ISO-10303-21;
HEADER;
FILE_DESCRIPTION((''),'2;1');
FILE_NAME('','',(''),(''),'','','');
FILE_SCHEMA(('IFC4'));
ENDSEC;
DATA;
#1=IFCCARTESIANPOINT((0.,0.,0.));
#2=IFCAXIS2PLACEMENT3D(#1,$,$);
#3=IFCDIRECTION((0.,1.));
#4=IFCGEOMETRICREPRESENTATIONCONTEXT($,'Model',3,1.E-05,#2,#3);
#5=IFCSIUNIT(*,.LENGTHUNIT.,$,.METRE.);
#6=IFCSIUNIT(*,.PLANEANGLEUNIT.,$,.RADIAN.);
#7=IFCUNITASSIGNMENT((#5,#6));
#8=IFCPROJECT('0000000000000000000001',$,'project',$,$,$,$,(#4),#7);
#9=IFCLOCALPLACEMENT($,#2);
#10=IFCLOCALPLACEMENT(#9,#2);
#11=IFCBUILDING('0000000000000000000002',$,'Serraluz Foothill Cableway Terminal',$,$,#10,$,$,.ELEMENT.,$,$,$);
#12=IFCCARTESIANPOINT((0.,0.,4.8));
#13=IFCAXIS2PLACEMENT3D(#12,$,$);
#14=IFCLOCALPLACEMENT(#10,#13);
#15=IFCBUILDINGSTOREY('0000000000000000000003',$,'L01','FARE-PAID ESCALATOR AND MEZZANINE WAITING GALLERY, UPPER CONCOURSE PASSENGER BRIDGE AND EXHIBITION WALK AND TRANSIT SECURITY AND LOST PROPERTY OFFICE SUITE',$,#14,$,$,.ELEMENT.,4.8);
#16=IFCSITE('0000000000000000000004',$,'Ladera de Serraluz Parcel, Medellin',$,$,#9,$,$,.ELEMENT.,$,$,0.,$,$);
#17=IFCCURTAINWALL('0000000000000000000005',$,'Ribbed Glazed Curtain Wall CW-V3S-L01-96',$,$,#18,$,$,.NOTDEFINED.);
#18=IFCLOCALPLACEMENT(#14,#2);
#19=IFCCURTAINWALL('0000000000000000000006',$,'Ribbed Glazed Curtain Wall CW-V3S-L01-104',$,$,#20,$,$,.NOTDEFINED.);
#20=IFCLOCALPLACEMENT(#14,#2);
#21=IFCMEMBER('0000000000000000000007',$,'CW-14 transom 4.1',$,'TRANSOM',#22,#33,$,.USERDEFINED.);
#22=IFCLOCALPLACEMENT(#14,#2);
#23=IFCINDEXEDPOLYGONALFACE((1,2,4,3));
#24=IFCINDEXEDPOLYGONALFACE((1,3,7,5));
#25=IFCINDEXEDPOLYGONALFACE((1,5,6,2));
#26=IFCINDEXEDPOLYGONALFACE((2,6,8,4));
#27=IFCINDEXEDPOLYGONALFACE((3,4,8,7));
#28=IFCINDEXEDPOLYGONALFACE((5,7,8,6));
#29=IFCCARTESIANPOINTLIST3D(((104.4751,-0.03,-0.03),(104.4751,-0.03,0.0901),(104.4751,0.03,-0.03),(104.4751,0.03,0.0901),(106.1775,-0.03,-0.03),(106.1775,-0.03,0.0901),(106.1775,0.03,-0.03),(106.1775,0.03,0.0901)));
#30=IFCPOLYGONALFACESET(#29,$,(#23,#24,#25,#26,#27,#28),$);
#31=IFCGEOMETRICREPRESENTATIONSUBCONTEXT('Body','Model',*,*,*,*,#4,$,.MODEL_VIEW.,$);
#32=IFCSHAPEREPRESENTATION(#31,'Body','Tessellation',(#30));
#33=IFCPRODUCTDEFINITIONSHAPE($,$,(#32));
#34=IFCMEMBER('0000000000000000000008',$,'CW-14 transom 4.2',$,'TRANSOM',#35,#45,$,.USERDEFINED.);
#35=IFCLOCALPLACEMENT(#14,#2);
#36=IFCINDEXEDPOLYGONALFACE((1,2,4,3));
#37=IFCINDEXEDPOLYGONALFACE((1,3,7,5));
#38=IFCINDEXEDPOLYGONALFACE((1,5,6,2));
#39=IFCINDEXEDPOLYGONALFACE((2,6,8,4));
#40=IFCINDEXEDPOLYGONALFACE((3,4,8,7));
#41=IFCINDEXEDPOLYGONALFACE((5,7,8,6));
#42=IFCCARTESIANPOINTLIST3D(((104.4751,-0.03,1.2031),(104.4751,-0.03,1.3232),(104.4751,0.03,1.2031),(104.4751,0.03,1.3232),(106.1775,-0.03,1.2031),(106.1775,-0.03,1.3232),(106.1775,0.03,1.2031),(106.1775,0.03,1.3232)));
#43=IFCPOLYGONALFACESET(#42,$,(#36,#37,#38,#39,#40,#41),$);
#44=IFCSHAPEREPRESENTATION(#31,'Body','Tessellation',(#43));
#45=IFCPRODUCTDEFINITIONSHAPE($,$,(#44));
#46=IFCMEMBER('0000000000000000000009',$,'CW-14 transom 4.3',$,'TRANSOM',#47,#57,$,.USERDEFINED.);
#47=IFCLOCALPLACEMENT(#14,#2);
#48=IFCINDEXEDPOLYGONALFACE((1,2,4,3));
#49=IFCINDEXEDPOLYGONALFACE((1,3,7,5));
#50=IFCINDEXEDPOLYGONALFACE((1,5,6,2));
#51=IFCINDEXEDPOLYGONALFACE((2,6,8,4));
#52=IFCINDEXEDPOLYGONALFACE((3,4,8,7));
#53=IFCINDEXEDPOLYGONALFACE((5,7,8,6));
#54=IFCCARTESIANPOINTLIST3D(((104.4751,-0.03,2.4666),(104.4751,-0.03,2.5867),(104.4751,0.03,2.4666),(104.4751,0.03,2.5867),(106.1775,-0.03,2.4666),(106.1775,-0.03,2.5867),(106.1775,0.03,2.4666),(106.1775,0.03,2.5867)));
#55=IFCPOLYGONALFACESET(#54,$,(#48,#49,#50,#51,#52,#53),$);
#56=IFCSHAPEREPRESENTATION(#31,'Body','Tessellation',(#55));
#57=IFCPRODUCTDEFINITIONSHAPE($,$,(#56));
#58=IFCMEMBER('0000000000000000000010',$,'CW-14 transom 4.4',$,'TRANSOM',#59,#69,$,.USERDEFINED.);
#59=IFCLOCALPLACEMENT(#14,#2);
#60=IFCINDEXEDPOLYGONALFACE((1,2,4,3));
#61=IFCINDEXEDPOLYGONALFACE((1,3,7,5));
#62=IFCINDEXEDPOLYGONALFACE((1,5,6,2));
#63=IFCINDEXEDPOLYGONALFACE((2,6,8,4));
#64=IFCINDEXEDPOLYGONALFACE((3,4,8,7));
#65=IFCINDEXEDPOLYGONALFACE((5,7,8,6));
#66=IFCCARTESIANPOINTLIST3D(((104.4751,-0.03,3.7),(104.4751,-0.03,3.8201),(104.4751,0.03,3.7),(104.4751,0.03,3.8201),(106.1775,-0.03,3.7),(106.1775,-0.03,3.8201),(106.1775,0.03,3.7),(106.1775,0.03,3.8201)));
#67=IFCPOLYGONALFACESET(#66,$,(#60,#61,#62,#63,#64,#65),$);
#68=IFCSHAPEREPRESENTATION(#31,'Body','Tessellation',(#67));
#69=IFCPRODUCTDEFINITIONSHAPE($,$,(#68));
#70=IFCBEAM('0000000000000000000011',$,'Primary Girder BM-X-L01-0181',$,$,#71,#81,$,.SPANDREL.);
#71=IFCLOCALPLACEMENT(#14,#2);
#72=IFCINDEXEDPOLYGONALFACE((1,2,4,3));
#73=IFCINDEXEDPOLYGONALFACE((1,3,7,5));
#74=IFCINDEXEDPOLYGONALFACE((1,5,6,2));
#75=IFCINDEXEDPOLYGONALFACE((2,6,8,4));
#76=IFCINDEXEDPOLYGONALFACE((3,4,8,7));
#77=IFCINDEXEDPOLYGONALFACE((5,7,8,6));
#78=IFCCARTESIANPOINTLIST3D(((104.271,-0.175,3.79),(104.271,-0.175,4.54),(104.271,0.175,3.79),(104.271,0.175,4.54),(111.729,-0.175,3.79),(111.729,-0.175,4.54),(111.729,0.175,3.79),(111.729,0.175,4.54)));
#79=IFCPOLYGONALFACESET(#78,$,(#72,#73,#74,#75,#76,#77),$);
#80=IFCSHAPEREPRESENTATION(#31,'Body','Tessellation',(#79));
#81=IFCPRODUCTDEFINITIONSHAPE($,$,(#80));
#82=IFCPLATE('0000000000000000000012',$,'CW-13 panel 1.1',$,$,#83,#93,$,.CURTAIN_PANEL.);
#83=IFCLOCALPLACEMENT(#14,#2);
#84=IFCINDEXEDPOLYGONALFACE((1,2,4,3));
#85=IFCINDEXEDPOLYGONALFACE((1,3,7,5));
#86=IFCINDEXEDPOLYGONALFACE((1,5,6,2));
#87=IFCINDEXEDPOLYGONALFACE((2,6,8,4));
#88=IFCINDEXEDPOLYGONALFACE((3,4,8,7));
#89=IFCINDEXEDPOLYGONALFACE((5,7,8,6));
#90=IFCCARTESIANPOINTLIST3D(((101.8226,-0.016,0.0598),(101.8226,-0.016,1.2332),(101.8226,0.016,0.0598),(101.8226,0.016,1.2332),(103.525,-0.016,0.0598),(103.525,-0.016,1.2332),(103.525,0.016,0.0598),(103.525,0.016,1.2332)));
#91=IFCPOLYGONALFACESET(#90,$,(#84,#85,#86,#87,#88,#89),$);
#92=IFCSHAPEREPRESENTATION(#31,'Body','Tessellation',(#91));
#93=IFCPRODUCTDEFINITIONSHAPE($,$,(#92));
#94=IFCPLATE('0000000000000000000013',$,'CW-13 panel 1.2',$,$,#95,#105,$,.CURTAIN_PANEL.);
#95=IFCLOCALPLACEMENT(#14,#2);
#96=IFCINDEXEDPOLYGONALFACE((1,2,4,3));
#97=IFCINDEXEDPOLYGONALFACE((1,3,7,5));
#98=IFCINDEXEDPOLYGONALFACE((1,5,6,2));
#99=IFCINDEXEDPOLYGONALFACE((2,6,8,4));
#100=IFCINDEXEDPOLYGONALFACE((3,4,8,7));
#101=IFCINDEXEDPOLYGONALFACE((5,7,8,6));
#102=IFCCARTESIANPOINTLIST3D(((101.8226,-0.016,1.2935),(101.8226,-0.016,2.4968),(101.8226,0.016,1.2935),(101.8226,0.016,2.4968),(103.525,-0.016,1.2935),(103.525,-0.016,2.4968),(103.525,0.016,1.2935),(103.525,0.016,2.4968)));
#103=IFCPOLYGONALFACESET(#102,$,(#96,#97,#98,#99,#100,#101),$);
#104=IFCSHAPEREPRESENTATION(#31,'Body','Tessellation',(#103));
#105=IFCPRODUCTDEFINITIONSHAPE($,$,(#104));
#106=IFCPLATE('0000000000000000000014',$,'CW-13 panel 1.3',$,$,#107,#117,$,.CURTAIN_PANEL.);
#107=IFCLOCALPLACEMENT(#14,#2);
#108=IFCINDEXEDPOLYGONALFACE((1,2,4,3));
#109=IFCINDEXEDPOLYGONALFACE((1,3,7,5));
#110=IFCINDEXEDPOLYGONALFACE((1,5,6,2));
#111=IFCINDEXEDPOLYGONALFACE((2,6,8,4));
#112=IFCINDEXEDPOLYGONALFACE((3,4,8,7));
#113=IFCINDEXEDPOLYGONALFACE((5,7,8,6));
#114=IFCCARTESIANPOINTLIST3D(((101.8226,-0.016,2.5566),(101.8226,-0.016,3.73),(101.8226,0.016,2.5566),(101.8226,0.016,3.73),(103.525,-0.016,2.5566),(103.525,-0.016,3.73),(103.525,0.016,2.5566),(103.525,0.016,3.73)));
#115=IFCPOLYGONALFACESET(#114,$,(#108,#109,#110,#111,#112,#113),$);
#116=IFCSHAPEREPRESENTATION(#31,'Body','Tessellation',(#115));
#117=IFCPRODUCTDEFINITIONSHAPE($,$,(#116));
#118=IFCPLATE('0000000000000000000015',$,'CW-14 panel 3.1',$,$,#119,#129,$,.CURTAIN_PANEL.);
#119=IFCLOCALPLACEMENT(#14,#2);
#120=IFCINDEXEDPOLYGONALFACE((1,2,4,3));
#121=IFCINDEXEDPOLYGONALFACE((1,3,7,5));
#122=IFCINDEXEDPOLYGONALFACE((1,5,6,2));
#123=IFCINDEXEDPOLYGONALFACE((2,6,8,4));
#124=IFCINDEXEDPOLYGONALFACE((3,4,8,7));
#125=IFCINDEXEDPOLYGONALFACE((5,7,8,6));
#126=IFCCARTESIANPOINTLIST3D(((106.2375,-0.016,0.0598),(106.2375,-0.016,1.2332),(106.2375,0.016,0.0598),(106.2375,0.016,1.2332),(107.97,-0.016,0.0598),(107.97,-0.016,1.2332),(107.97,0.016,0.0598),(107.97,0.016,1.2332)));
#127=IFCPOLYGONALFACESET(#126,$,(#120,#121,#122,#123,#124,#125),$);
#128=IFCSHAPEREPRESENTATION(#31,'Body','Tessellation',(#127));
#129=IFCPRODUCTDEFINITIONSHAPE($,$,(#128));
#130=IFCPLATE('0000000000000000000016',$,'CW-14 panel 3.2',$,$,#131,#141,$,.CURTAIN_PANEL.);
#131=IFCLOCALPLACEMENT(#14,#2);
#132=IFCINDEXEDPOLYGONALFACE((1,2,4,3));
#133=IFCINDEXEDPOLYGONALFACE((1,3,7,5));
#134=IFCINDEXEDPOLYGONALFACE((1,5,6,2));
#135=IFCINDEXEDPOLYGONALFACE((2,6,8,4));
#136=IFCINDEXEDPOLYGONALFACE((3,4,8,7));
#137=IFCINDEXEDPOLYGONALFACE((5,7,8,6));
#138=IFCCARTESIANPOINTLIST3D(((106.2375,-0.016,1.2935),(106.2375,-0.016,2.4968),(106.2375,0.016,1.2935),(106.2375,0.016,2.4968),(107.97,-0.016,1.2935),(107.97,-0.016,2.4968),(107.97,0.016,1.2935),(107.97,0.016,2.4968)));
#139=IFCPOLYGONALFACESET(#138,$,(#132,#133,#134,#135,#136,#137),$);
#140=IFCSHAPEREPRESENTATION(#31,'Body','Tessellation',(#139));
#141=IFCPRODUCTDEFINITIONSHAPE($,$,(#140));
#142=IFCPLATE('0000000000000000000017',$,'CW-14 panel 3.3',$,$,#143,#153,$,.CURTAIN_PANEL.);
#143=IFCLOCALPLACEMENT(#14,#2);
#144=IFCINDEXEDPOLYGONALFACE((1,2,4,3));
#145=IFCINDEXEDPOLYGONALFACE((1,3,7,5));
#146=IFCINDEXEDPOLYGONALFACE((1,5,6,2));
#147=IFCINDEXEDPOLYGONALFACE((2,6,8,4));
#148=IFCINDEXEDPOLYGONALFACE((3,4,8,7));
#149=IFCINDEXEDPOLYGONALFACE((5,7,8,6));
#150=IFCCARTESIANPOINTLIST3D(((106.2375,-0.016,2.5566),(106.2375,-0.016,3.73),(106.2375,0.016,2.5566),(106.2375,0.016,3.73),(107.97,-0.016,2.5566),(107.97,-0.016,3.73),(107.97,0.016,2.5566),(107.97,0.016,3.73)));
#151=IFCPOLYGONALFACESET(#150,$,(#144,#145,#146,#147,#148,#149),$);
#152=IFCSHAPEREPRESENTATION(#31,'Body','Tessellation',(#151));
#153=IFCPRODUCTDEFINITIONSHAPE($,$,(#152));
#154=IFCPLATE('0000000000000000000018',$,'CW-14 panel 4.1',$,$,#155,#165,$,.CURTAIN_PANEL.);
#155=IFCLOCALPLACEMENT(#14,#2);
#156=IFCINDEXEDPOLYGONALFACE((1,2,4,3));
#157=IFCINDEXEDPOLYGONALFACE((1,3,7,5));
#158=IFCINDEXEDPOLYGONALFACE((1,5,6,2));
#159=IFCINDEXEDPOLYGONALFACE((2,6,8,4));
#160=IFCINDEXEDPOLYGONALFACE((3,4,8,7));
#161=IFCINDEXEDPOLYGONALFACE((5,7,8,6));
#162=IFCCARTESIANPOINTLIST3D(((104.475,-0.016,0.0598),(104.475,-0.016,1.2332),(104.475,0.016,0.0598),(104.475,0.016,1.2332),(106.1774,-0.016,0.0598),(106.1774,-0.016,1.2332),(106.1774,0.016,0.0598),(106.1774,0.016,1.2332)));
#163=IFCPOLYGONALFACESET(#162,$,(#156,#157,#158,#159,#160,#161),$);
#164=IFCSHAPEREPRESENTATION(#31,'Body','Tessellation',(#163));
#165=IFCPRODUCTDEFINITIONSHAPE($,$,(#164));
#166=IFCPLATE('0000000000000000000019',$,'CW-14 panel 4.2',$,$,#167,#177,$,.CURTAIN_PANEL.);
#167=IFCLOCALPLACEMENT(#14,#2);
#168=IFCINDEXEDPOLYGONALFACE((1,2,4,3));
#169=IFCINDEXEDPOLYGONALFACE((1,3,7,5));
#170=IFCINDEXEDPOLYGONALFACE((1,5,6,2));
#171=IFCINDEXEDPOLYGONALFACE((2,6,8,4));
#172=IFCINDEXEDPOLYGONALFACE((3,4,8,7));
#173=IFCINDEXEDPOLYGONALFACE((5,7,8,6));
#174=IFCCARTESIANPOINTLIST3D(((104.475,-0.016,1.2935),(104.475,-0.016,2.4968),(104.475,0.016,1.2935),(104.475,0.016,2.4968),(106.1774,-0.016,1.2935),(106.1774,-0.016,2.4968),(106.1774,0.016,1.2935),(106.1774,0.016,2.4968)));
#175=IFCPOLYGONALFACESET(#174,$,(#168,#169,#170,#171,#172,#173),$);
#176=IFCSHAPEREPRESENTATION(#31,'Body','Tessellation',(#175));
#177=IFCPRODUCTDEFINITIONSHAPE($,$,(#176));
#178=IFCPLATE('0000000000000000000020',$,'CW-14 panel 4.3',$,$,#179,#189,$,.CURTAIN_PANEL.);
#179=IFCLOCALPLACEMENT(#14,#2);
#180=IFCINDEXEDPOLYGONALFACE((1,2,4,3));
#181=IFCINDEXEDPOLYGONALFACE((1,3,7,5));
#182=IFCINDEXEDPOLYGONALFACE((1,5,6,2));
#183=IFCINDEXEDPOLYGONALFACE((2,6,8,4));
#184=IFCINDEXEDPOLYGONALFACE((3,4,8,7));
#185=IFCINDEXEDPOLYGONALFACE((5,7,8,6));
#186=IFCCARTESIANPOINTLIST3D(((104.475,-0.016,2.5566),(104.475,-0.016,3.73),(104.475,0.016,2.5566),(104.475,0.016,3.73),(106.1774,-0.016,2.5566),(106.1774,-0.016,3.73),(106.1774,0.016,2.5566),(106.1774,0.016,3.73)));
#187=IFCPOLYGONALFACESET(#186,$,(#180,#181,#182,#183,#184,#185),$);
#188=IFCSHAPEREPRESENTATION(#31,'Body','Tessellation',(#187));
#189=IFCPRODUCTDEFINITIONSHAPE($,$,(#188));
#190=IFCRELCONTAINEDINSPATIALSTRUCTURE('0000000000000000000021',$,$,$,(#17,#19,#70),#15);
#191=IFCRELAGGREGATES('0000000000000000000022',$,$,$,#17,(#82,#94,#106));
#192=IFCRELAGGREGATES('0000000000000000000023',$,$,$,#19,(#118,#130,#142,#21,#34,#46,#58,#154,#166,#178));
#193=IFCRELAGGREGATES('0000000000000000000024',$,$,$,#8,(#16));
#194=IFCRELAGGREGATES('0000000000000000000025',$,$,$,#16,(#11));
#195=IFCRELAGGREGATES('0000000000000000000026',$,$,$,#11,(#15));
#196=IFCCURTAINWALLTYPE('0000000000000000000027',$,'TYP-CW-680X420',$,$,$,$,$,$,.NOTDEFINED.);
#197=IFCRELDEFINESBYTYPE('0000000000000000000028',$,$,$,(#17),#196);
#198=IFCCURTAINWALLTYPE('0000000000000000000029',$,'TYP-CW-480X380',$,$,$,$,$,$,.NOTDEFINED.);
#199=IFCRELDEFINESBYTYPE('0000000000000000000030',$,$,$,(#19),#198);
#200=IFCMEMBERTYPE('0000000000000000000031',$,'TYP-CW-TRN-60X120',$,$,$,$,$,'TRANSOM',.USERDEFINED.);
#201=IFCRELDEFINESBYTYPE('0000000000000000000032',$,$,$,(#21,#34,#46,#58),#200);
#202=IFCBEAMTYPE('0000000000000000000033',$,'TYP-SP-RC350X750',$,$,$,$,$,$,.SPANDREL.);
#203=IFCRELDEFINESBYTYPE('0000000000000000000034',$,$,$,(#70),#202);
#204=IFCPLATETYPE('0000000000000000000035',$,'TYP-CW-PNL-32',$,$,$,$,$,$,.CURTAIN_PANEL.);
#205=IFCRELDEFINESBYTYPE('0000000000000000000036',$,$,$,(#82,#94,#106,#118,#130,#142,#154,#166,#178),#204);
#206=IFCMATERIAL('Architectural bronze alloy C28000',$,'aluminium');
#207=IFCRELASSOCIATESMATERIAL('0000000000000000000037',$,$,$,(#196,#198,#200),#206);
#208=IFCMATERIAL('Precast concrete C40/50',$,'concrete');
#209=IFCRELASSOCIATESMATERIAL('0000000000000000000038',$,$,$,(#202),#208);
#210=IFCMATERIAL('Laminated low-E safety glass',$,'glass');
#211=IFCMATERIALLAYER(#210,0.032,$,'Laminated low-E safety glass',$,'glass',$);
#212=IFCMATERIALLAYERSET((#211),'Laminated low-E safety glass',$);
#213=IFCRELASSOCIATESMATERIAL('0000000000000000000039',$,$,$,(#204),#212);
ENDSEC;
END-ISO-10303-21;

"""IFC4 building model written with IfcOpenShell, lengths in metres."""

from ifc_helpers import new_model, si_unit, direction, frame, origin, origin_2d, place, context, subcontext, project, spatial, rectangle, extrude, material, layer, layer_set, material_profile, profile_set, type_object, element, aggregate, save


model = new_model("IFC4")

# Units and contexts
model_context = context("Model", 3, precision=1e-05, world=origin(), true_north=direction((0.0, 1.0)))
body_context = subcontext(model_context, "Body", "Model", "MODEL_VIEW")
ifc_project = project(units=[si_unit("LENGTHUNIT", "METRE"), si_unit("PLANEANGLEUNIT", "RADIAN")], contexts=[model_context])

# Site, building, storey
site_placement = place(None, origin())
site = spatial("IfcSite", under=ifc_project, at=site_placement, Name="Ladera de Serraluz Parcel, Medellin", CompositionType="ELEMENT", RefElevation=0.0)
building_placement = place(site_placement, origin())
building = spatial("IfcBuilding", under=site, at=building_placement, Name="Serraluz Foothill Cableway Terminal", CompositionType="ELEMENT")
storey_placement = place(building_placement, frame((0.0, 0.0, 4.8)))
storey = spatial("IfcBuildingStorey", under=building, at=storey_placement, Name="L01", Description="FARE-PAID ESCALATOR AND MEZZANINE WAITING GALLERY, UPPER CONCOURSE PASSENGER BRIDGE AND EXHIBITION WALK AND TRANSIT SECURITY AND LOST PROPERTY OFFICE SUITE", CompositionType="ELEMENT", Elevation=4.8)

# Curtain walls
ifc_material_1 = material(Name="Architectural bronze alloy C28000", Category="aluminium")
curtain_wall_type_1 = type_object("IfcCurtainWallType", Name="TYP-CW-680X420", PredefinedType="NOTDEFINED", material=ifc_material_1)
curtain_wall_1_placement = place(storey_placement, origin())
curtain_wall_1 = element("IfcCurtainWall", 1, at=curtain_wall_1_placement, inside=storey, type_object=curtain_wall_type_1, Name="Ribbed Glazed Curtain Wall CW-V3S-L01-96", PredefinedType="NOTDEFINED")
curtain_wall_type_2 = type_object("IfcCurtainWallType", Name="TYP-CW-480X380", PredefinedType="NOTDEFINED", material=ifc_material_1)
curtain_wall_2_placement = place(storey_placement, origin())
curtain_wall_2 = element("IfcCurtainWall", 2, at=curtain_wall_2_placement, inside=storey, type_object=curtain_wall_type_2, Name="Ribbed Glazed Curtain Wall CW-V3S-L01-104", PredefinedType="NOTDEFINED")

# Members
ifc_material_profile_1 = material_profile(ifc_material_1, rectangle(XDim=0.0601, YDim=0.1201, at=origin_2d()), Name="ALU TRANSOM 60x120")
ifc_profile_set_1 = profile_set([ifc_material_profile_1], Name="Architectural bronze alloy C28000")
member_type_1 = type_object("IfcMemberType", Name="TYP-CW-TRN-60X120", ElementType="TRANSOM", PredefinedType="USERDEFINED", material=ifc_profile_set_1)
member_1_placement = place(storey_placement, frame((106.1775, 0.0, 0.03), z_axis=(-1.0, 0.0, 0.0), x_axis=(0.0, -1.0, 0.0)))
member_1 = element("IfcMember", 3, at=member_1_placement, type_object=member_type_1, Name="CW-14 transom 4.1", ObjectType="TRANSOM", PredefinedType="USERDEFINED", context=body_context, shape_type="SweptSolid", body=[
    extrude(rectangle(XDim=0.0601, YDim=0.1201, at=origin_2d()), origin(), (0.0, 0.0, 1.0), 1.7024),
])
member_2_placement = place(storey_placement, frame((106.1775, 0.0, 1.2632), z_axis=(-1.0, 0.0, 0.0), x_axis=(0.0, -1.0, 0.0)))
member_2 = element("IfcMember", 4, at=member_2_placement, type_object=member_type_1, Name="CW-14 transom 4.2", ObjectType="TRANSOM", PredefinedType="USERDEFINED", context=body_context, shape_type="SweptSolid", body=[
    extrude(rectangle(XDim=0.0601, YDim=0.1201, at=origin_2d()), origin(), (0.0, 0.0, 1.0), 1.7024),
])
member_3_placement = place(storey_placement, frame((106.1775, 0.0, 2.5266), z_axis=(-1.0, 0.0, 0.0), x_axis=(0.0, -1.0, 0.0)))
member_3 = element("IfcMember", 5, at=member_3_placement, type_object=member_type_1, Name="CW-14 transom 4.3", ObjectType="TRANSOM", PredefinedType="USERDEFINED", context=body_context, shape_type="SweptSolid", body=[
    extrude(rectangle(XDim=0.0601, YDim=0.1201, at=origin_2d()), origin(), (0.0, 0.0, 1.0), 1.7024),
])
member_4_placement = place(storey_placement, frame((106.1775, 0.0, 3.76), z_axis=(-1.0, 0.0, 0.0), x_axis=(0.0, -1.0, 0.0)))
member_4 = element("IfcMember", 6, at=member_4_placement, type_object=member_type_1, Name="CW-14 transom 4.4", ObjectType="TRANSOM", PredefinedType="USERDEFINED", context=body_context, shape_type="SweptSolid", body=[
    extrude(rectangle(XDim=0.0601, YDim=0.1201, at=origin_2d()), origin(), (0.0, 0.0, 1.0), 1.7024),
])

# Beam
ifc_material_2 = material(Name="Precast concrete C40/50", Category="concrete")
ifc_material_profile_2 = material_profile(ifc_material_2, rectangle(XDim=0.3501, YDim=0.75, at=origin_2d()), Name="RC SP 350x750")
ifc_profile_set_2 = profile_set([ifc_material_profile_2], Name="Precast concrete C40/50")
beam_type = type_object("IfcBeamType", Name="TYP-SP-RC350X750", PredefinedType="SPANDREL", material=ifc_profile_set_2)
beam_placement = place(storey_placement, frame((104.271, 0.0, 4.165), z_axis=(1.0, 0.0, 0.0), x_axis=(0.0, 1.0, 0.0)))
element("IfcBeam", 7, at=beam_placement, inside=storey, type_object=beam_type, Name="Primary Girder BM-X-L01-0181", PredefinedType="SPANDREL", context=body_context, shape_type="SweptSolid", body=[
    extrude(rectangle(XDim=0.3501, YDim=0.75, at=origin_2d()), origin(), (0.0, 0.0, 1.0), 7.458),
])

# Plates
ifc_material_3 = material(Name="Laminated low-E safety glass", Category="glass")
ifc_layer_1 = layer(ifc_material_3, 0.032, Name="Laminated low-E safety glass", Category="glass")
ifc_layer_set_1 = layer_set([ifc_layer_1], Name="Laminated low-E safety glass")
plate_type = type_object("IfcPlateType", Name="TYP-CW-PNL-32", PredefinedType="CURTAIN_PANEL", material=ifc_layer_set_1)
plate_1_placement = place(storey_placement, frame((102.6738, 0.0, 0.0598), z_axis=(0.0, 0.0, 1.0), x_axis=(-1.0, 0.0, 0.0)))
plate_1 = element("IfcPlate", 8, at=plate_1_placement, type_object=plate_type, Name="CW-13 panel 1.1", PredefinedType="CURTAIN_PANEL", context=body_context, shape_type="SweptSolid", body=[
    extrude(rectangle(XDim=1.7024, YDim=0.032, at=origin_2d()), origin(), (0.0, 0.0, 1.0), 1.1733),
])
plate_2_placement = place(storey_placement, frame((102.6738, 0.0, 1.2935), z_axis=(0.0, 0.0, 1.0), x_axis=(-1.0, 0.0, 0.0)))
plate_2 = element("IfcPlate", 9, at=plate_2_placement, type_object=plate_type, Name="CW-13 panel 1.2", PredefinedType="CURTAIN_PANEL", context=body_context, shape_type="SweptSolid", body=[
    extrude(rectangle(XDim=1.7024, YDim=0.032, at=origin_2d()), origin(), (0.0, 0.0, 1.0), 1.2034),
])
plate_3_placement = place(storey_placement, frame((102.6738, 0.0, 2.5566), z_axis=(0.0, 0.0, 1.0), x_axis=(-1.0, 0.0, 0.0)))
plate_3 = element("IfcPlate", 10, at=plate_3_placement, type_object=plate_type, Name="CW-13 panel 1.3", PredefinedType="CURTAIN_PANEL", context=body_context, shape_type="SweptSolid", body=[
    extrude(rectangle(XDim=1.7024, YDim=0.032, at=origin_2d()), origin(), (0.0, 0.0, 1.0), 1.1733),
])
aggregate(curtain_wall_1, [plate_1, plate_2, plate_3])
plate_4_placement = place(storey_placement, frame((107.1038, 0.0, 0.0598), z_axis=(0.0, 0.0, 1.0), x_axis=(-1.0, 0.0, 0.0)))
plate_4 = element("IfcPlate", 11, at=plate_4_placement, type_object=plate_type, Name="CW-14 panel 3.1", PredefinedType="CURTAIN_PANEL", context=body_context, shape_type="SweptSolid", body=[
    extrude(rectangle(XDim=1.7324, YDim=0.032, at=origin_2d()), origin(), (0.0, 0.0, 1.0), 1.1733),
])
plate_5_placement = place(storey_placement, frame((107.1038, 0.0, 1.2935), z_axis=(0.0, 0.0, 1.0), x_axis=(-1.0, 0.0, 0.0)))
plate_5 = element("IfcPlate", 12, at=plate_5_placement, type_object=plate_type, Name="CW-14 panel 3.2", PredefinedType="CURTAIN_PANEL", context=body_context, shape_type="SweptSolid", body=[
    extrude(rectangle(XDim=1.7324, YDim=0.032, at=origin_2d()), origin(), (0.0, 0.0, 1.0), 1.2034),
])
plate_6_placement = place(storey_placement, frame((107.1038, 0.0, 2.5566), z_axis=(0.0, 0.0, 1.0), x_axis=(-1.0, 0.0, 0.0)))
plate_6 = element("IfcPlate", 13, at=plate_6_placement, type_object=plate_type, Name="CW-14 panel 3.3", PredefinedType="CURTAIN_PANEL", context=body_context, shape_type="SweptSolid", body=[
    extrude(rectangle(XDim=1.7324, YDim=0.032, at=origin_2d()), origin(), (0.0, 0.0, 1.0), 1.1733),
])
plate_7_placement = place(storey_placement, frame((105.3262, 0.0, 0.0598), z_axis=(0.0, 0.0, 1.0), x_axis=(-1.0, 0.0, 0.0)))
plate_7 = element("IfcPlate", 14, at=plate_7_placement, type_object=plate_type, Name="CW-14 panel 4.1", PredefinedType="CURTAIN_PANEL", context=body_context, shape_type="SweptSolid", body=[
    extrude(rectangle(XDim=1.7024, YDim=0.032, at=origin_2d()), origin(), (0.0, 0.0, 1.0), 1.1733),
])
plate_8_placement = place(storey_placement, frame((105.3262, 0.0, 1.2935), z_axis=(0.0, 0.0, 1.0), x_axis=(-1.0, 0.0, 0.0)))
plate_8 = element("IfcPlate", 15, at=plate_8_placement, type_object=plate_type, Name="CW-14 panel 4.2", PredefinedType="CURTAIN_PANEL", context=body_context, shape_type="SweptSolid", body=[
    extrude(rectangle(XDim=1.7024, YDim=0.032, at=origin_2d()), origin(), (0.0, 0.0, 1.0), 1.2034),
])
plate_9_placement = place(storey_placement, frame((105.3262, 0.0, 2.5566), z_axis=(0.0, 0.0, 1.0), x_axis=(-1.0, 0.0, 0.0)))
plate_9 = element("IfcPlate", 16, at=plate_9_placement, type_object=plate_type, Name="CW-14 panel 4.3", PredefinedType="CURTAIN_PANEL", context=body_context, shape_type="SweptSolid", body=[
    extrude(rectangle(XDim=1.7024, YDim=0.032, at=origin_2d()), origin(), (0.0, 0.0, 1.0), 1.1733),
])
aggregate(curtain_wall_2, [plate_4, plate_5, plate_6, member_1, member_2, member_3, member_4, plate_7, plate_8, plate_9])

save(model, "model.ifc")
